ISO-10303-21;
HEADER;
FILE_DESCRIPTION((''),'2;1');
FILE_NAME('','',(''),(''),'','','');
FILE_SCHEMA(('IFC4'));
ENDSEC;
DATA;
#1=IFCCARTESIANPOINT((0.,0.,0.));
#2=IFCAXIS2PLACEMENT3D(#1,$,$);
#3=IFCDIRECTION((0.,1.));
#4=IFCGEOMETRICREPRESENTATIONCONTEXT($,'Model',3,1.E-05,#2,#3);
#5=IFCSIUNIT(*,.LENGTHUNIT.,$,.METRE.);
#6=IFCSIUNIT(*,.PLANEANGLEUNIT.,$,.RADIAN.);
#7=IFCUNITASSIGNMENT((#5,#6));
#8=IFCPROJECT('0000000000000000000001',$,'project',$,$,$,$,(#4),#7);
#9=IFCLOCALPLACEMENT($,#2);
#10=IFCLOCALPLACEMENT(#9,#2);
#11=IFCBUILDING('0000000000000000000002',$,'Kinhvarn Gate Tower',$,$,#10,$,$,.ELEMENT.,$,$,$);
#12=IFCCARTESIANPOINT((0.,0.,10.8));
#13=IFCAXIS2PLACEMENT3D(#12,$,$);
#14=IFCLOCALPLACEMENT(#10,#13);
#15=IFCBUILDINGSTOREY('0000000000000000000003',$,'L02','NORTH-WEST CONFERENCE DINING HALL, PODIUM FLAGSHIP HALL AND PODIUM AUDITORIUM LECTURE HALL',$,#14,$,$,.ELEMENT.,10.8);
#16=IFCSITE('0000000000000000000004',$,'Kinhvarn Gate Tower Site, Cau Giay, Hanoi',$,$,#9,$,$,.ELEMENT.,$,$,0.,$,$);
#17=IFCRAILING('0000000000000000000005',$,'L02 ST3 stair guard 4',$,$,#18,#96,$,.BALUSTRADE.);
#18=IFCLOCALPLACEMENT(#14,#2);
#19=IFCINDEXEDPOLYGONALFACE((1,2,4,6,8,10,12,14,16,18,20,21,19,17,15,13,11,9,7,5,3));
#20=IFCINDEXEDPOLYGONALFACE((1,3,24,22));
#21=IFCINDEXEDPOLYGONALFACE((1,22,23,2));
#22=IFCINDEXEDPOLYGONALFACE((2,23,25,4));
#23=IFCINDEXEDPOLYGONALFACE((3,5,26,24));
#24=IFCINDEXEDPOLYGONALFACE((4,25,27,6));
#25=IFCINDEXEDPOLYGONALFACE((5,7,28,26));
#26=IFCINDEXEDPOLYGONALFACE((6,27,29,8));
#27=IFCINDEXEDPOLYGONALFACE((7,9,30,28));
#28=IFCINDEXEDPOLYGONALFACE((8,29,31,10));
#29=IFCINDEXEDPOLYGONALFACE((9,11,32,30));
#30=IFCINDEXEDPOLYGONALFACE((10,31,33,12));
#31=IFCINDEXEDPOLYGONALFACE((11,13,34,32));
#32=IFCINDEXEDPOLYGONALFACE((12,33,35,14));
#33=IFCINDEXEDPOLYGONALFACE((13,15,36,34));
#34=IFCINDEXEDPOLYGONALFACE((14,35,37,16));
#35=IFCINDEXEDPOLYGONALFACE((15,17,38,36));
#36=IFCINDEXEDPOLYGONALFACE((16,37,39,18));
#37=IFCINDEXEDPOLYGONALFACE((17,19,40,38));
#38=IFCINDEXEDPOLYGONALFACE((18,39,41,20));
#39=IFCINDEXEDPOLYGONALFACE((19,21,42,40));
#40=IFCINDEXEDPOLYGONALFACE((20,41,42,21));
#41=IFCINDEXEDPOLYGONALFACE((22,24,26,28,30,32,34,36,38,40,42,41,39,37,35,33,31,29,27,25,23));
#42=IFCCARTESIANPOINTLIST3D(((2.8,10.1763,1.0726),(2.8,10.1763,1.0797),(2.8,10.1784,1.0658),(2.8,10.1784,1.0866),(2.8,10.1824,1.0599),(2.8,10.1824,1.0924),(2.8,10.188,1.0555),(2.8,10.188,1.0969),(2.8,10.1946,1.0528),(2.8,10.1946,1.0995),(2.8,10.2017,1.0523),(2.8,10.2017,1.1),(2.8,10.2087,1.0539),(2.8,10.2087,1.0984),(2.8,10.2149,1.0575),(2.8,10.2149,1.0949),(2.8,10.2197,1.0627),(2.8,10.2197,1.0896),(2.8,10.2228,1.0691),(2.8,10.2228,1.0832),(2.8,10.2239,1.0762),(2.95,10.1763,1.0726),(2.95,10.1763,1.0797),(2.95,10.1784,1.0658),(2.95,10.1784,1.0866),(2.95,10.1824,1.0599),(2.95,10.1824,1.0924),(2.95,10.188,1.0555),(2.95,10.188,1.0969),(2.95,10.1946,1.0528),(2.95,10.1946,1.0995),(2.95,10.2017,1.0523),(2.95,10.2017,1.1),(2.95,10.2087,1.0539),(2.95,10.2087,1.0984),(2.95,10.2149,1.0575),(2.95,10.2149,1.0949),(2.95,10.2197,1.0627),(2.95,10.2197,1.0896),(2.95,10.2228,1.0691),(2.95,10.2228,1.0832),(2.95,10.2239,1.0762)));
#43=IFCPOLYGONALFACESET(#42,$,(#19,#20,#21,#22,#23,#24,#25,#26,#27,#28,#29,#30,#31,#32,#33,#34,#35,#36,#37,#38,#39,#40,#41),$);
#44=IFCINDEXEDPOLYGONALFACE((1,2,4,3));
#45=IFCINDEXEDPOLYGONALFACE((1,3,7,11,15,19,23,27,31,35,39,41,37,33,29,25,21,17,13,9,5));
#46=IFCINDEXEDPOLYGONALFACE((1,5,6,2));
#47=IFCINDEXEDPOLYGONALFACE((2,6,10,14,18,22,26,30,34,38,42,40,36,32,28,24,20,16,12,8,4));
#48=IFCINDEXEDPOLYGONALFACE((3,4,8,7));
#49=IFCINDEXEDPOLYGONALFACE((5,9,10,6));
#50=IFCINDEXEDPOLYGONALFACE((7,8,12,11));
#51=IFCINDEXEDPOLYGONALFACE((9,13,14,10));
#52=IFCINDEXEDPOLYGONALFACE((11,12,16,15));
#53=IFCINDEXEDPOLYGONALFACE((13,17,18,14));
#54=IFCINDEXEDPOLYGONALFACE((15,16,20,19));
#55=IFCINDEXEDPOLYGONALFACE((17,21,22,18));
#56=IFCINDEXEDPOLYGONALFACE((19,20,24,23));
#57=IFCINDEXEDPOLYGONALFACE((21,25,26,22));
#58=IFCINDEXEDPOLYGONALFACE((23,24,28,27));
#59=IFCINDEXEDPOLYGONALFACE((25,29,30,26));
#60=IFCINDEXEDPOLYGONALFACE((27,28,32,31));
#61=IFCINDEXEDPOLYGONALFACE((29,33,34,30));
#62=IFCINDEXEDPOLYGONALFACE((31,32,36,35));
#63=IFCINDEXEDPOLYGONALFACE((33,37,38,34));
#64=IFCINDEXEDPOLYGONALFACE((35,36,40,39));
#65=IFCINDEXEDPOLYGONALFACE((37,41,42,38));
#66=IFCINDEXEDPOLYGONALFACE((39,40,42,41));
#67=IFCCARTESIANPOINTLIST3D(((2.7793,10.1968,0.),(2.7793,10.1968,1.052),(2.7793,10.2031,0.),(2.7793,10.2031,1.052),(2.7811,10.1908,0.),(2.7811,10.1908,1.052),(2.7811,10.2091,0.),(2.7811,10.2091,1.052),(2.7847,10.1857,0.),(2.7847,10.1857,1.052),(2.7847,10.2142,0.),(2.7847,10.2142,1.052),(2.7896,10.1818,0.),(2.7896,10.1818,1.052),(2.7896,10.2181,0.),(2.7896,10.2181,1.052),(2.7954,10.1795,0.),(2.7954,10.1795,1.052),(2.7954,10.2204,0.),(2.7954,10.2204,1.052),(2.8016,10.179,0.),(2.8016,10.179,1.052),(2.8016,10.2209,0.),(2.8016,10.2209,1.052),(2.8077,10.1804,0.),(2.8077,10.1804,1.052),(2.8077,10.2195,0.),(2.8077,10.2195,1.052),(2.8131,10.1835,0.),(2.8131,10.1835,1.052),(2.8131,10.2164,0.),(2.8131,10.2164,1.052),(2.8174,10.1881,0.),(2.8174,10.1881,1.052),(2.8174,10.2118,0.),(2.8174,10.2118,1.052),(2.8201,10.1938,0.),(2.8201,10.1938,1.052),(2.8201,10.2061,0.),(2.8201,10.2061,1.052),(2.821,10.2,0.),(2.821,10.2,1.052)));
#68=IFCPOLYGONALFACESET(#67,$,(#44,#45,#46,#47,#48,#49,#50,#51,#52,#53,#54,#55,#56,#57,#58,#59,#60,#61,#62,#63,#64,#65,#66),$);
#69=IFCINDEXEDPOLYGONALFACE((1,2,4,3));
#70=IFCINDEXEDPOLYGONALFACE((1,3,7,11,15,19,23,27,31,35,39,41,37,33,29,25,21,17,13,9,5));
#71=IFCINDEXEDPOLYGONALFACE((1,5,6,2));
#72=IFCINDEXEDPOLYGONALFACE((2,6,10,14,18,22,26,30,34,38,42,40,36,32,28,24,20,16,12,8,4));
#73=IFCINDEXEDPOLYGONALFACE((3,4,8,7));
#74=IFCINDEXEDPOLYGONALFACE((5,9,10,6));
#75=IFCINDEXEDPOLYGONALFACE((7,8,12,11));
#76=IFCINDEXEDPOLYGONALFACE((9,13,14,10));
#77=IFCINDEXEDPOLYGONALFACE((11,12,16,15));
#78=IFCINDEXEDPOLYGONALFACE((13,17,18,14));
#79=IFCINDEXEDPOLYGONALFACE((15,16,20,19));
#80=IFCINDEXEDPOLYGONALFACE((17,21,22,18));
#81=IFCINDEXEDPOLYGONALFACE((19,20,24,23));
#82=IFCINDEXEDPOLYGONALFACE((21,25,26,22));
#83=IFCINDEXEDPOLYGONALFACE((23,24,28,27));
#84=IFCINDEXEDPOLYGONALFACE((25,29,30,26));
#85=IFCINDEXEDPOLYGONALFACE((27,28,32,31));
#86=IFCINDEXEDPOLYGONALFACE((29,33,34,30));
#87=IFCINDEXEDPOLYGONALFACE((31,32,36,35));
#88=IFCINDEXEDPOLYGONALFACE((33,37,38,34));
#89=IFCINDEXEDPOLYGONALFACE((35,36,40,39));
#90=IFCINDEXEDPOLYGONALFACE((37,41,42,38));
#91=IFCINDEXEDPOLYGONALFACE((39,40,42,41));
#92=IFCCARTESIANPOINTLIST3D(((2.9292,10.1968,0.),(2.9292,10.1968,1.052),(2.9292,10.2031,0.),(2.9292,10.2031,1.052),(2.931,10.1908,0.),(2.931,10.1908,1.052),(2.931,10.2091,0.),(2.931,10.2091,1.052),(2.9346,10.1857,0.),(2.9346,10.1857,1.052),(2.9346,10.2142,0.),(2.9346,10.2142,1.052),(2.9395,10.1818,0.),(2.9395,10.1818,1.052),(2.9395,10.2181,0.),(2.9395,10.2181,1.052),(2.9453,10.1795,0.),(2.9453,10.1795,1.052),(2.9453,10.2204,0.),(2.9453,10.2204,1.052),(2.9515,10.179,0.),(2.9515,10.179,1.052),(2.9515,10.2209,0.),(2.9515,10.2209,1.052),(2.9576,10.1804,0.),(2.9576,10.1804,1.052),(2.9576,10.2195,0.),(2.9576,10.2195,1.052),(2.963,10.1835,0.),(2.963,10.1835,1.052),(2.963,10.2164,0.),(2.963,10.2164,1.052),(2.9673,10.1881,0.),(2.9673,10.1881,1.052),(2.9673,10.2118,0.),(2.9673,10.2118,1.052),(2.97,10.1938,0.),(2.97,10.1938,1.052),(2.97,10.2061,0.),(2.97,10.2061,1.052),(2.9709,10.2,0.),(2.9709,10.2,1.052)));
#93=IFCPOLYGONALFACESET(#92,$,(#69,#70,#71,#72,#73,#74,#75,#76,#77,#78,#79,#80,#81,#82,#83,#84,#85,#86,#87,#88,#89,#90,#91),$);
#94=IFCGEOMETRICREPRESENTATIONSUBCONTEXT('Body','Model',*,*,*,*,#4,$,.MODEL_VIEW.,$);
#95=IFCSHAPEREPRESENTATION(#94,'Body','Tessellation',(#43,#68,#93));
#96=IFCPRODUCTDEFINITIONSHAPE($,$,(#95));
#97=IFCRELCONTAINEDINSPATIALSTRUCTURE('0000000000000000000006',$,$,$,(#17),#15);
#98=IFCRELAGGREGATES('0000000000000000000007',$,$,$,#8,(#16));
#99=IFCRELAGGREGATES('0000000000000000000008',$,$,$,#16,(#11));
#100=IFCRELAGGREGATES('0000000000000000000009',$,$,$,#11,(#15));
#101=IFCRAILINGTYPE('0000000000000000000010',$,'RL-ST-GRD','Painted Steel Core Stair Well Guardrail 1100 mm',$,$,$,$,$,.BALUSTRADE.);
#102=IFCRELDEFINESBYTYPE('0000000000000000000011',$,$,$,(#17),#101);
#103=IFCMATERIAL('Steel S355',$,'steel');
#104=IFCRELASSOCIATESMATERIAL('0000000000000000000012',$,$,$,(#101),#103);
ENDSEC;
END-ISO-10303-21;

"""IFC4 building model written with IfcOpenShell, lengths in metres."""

from ifc_helpers import new_model, si_unit, direction, frame, origin, origin_2d, place, context, subcontext, project, spatial, circle, extrude, material, type_object, element, save


model = new_model("IFC4")

# Units and contexts
model_context = context("Model", 3, precision=1e-05, world=origin(), true_north=direction((0.0, 1.0)))
body_context = subcontext(model_context, "Body", "Model", "MODEL_VIEW")
ifc_project = project(units=[si_unit("LENGTHUNIT", "METRE"), si_unit("PLANEANGLEUNIT", "RADIAN")], contexts=[model_context])

# Site, building, storey
site_placement = place(None, origin())
site = spatial("IfcSite", under=ifc_project, at=site_placement, Name="Kinhvarn Gate Tower Site, Cau Giay, Hanoi", CompositionType="ELEMENT", RefElevation=0.0)
building_placement = place(site_placement, origin())
building = spatial("IfcBuilding", under=site, at=building_placement, Name="Kinhvarn Gate Tower", CompositionType="ELEMENT")
storey_placement = place(building_placement, frame((0.0, 0.0, 10.8)))
storey = spatial("IfcBuildingStorey", under=building, at=storey_placement, Name="L02", Description="NORTH-WEST CONFERENCE DINING HALL, PODIUM FLAGSHIP HALL AND PODIUM AUDITORIUM LECTURE HALL", CompositionType="ELEMENT", Elevation=10.8)

# Shared definitions
ifc_material_1 = material(Name="Steel S355", Category="steel")

# Railing
railing_type_1 = type_object("IfcRailingType", Name="RL-ST-GRD", Description="Painted Steel Core Stair Well Guardrail 1100 mm", PredefinedType="BALUSTRADE", material=ifc_material_1)
railing_1_placement = place(storey_placement, frame((2.8, 10.2, 0.0)))
element("IfcRailing", 1, at=railing_1_placement, inside=storey, type_object=railing_type_1, Name="L02 ST3 stair guard 4", PredefinedType="BALUSTRADE", context=body_context, shape_type="SweptSolid", body=[
    extrude(circle(Radius=0.0239, at=origin_2d()), frame((0.0, 0.0, 1.0762), z_axis=(1.0, 0.0, 0.0), x_axis=(0.0, 1.0, 0.0)), (0.0, 0.0, 1.0), 0.1499),
    extrude(circle(Radius=0.021, at=origin_2d()), origin(), (0.0, 0.0, 1.0), 1.052),
    extrude(circle(Radius=0.021, at=origin_2d()), frame((0.1499, 0.0, 0.0)), (0.0, 0.0, 1.0), 1.052),
])

save(model, "model.ifc")
